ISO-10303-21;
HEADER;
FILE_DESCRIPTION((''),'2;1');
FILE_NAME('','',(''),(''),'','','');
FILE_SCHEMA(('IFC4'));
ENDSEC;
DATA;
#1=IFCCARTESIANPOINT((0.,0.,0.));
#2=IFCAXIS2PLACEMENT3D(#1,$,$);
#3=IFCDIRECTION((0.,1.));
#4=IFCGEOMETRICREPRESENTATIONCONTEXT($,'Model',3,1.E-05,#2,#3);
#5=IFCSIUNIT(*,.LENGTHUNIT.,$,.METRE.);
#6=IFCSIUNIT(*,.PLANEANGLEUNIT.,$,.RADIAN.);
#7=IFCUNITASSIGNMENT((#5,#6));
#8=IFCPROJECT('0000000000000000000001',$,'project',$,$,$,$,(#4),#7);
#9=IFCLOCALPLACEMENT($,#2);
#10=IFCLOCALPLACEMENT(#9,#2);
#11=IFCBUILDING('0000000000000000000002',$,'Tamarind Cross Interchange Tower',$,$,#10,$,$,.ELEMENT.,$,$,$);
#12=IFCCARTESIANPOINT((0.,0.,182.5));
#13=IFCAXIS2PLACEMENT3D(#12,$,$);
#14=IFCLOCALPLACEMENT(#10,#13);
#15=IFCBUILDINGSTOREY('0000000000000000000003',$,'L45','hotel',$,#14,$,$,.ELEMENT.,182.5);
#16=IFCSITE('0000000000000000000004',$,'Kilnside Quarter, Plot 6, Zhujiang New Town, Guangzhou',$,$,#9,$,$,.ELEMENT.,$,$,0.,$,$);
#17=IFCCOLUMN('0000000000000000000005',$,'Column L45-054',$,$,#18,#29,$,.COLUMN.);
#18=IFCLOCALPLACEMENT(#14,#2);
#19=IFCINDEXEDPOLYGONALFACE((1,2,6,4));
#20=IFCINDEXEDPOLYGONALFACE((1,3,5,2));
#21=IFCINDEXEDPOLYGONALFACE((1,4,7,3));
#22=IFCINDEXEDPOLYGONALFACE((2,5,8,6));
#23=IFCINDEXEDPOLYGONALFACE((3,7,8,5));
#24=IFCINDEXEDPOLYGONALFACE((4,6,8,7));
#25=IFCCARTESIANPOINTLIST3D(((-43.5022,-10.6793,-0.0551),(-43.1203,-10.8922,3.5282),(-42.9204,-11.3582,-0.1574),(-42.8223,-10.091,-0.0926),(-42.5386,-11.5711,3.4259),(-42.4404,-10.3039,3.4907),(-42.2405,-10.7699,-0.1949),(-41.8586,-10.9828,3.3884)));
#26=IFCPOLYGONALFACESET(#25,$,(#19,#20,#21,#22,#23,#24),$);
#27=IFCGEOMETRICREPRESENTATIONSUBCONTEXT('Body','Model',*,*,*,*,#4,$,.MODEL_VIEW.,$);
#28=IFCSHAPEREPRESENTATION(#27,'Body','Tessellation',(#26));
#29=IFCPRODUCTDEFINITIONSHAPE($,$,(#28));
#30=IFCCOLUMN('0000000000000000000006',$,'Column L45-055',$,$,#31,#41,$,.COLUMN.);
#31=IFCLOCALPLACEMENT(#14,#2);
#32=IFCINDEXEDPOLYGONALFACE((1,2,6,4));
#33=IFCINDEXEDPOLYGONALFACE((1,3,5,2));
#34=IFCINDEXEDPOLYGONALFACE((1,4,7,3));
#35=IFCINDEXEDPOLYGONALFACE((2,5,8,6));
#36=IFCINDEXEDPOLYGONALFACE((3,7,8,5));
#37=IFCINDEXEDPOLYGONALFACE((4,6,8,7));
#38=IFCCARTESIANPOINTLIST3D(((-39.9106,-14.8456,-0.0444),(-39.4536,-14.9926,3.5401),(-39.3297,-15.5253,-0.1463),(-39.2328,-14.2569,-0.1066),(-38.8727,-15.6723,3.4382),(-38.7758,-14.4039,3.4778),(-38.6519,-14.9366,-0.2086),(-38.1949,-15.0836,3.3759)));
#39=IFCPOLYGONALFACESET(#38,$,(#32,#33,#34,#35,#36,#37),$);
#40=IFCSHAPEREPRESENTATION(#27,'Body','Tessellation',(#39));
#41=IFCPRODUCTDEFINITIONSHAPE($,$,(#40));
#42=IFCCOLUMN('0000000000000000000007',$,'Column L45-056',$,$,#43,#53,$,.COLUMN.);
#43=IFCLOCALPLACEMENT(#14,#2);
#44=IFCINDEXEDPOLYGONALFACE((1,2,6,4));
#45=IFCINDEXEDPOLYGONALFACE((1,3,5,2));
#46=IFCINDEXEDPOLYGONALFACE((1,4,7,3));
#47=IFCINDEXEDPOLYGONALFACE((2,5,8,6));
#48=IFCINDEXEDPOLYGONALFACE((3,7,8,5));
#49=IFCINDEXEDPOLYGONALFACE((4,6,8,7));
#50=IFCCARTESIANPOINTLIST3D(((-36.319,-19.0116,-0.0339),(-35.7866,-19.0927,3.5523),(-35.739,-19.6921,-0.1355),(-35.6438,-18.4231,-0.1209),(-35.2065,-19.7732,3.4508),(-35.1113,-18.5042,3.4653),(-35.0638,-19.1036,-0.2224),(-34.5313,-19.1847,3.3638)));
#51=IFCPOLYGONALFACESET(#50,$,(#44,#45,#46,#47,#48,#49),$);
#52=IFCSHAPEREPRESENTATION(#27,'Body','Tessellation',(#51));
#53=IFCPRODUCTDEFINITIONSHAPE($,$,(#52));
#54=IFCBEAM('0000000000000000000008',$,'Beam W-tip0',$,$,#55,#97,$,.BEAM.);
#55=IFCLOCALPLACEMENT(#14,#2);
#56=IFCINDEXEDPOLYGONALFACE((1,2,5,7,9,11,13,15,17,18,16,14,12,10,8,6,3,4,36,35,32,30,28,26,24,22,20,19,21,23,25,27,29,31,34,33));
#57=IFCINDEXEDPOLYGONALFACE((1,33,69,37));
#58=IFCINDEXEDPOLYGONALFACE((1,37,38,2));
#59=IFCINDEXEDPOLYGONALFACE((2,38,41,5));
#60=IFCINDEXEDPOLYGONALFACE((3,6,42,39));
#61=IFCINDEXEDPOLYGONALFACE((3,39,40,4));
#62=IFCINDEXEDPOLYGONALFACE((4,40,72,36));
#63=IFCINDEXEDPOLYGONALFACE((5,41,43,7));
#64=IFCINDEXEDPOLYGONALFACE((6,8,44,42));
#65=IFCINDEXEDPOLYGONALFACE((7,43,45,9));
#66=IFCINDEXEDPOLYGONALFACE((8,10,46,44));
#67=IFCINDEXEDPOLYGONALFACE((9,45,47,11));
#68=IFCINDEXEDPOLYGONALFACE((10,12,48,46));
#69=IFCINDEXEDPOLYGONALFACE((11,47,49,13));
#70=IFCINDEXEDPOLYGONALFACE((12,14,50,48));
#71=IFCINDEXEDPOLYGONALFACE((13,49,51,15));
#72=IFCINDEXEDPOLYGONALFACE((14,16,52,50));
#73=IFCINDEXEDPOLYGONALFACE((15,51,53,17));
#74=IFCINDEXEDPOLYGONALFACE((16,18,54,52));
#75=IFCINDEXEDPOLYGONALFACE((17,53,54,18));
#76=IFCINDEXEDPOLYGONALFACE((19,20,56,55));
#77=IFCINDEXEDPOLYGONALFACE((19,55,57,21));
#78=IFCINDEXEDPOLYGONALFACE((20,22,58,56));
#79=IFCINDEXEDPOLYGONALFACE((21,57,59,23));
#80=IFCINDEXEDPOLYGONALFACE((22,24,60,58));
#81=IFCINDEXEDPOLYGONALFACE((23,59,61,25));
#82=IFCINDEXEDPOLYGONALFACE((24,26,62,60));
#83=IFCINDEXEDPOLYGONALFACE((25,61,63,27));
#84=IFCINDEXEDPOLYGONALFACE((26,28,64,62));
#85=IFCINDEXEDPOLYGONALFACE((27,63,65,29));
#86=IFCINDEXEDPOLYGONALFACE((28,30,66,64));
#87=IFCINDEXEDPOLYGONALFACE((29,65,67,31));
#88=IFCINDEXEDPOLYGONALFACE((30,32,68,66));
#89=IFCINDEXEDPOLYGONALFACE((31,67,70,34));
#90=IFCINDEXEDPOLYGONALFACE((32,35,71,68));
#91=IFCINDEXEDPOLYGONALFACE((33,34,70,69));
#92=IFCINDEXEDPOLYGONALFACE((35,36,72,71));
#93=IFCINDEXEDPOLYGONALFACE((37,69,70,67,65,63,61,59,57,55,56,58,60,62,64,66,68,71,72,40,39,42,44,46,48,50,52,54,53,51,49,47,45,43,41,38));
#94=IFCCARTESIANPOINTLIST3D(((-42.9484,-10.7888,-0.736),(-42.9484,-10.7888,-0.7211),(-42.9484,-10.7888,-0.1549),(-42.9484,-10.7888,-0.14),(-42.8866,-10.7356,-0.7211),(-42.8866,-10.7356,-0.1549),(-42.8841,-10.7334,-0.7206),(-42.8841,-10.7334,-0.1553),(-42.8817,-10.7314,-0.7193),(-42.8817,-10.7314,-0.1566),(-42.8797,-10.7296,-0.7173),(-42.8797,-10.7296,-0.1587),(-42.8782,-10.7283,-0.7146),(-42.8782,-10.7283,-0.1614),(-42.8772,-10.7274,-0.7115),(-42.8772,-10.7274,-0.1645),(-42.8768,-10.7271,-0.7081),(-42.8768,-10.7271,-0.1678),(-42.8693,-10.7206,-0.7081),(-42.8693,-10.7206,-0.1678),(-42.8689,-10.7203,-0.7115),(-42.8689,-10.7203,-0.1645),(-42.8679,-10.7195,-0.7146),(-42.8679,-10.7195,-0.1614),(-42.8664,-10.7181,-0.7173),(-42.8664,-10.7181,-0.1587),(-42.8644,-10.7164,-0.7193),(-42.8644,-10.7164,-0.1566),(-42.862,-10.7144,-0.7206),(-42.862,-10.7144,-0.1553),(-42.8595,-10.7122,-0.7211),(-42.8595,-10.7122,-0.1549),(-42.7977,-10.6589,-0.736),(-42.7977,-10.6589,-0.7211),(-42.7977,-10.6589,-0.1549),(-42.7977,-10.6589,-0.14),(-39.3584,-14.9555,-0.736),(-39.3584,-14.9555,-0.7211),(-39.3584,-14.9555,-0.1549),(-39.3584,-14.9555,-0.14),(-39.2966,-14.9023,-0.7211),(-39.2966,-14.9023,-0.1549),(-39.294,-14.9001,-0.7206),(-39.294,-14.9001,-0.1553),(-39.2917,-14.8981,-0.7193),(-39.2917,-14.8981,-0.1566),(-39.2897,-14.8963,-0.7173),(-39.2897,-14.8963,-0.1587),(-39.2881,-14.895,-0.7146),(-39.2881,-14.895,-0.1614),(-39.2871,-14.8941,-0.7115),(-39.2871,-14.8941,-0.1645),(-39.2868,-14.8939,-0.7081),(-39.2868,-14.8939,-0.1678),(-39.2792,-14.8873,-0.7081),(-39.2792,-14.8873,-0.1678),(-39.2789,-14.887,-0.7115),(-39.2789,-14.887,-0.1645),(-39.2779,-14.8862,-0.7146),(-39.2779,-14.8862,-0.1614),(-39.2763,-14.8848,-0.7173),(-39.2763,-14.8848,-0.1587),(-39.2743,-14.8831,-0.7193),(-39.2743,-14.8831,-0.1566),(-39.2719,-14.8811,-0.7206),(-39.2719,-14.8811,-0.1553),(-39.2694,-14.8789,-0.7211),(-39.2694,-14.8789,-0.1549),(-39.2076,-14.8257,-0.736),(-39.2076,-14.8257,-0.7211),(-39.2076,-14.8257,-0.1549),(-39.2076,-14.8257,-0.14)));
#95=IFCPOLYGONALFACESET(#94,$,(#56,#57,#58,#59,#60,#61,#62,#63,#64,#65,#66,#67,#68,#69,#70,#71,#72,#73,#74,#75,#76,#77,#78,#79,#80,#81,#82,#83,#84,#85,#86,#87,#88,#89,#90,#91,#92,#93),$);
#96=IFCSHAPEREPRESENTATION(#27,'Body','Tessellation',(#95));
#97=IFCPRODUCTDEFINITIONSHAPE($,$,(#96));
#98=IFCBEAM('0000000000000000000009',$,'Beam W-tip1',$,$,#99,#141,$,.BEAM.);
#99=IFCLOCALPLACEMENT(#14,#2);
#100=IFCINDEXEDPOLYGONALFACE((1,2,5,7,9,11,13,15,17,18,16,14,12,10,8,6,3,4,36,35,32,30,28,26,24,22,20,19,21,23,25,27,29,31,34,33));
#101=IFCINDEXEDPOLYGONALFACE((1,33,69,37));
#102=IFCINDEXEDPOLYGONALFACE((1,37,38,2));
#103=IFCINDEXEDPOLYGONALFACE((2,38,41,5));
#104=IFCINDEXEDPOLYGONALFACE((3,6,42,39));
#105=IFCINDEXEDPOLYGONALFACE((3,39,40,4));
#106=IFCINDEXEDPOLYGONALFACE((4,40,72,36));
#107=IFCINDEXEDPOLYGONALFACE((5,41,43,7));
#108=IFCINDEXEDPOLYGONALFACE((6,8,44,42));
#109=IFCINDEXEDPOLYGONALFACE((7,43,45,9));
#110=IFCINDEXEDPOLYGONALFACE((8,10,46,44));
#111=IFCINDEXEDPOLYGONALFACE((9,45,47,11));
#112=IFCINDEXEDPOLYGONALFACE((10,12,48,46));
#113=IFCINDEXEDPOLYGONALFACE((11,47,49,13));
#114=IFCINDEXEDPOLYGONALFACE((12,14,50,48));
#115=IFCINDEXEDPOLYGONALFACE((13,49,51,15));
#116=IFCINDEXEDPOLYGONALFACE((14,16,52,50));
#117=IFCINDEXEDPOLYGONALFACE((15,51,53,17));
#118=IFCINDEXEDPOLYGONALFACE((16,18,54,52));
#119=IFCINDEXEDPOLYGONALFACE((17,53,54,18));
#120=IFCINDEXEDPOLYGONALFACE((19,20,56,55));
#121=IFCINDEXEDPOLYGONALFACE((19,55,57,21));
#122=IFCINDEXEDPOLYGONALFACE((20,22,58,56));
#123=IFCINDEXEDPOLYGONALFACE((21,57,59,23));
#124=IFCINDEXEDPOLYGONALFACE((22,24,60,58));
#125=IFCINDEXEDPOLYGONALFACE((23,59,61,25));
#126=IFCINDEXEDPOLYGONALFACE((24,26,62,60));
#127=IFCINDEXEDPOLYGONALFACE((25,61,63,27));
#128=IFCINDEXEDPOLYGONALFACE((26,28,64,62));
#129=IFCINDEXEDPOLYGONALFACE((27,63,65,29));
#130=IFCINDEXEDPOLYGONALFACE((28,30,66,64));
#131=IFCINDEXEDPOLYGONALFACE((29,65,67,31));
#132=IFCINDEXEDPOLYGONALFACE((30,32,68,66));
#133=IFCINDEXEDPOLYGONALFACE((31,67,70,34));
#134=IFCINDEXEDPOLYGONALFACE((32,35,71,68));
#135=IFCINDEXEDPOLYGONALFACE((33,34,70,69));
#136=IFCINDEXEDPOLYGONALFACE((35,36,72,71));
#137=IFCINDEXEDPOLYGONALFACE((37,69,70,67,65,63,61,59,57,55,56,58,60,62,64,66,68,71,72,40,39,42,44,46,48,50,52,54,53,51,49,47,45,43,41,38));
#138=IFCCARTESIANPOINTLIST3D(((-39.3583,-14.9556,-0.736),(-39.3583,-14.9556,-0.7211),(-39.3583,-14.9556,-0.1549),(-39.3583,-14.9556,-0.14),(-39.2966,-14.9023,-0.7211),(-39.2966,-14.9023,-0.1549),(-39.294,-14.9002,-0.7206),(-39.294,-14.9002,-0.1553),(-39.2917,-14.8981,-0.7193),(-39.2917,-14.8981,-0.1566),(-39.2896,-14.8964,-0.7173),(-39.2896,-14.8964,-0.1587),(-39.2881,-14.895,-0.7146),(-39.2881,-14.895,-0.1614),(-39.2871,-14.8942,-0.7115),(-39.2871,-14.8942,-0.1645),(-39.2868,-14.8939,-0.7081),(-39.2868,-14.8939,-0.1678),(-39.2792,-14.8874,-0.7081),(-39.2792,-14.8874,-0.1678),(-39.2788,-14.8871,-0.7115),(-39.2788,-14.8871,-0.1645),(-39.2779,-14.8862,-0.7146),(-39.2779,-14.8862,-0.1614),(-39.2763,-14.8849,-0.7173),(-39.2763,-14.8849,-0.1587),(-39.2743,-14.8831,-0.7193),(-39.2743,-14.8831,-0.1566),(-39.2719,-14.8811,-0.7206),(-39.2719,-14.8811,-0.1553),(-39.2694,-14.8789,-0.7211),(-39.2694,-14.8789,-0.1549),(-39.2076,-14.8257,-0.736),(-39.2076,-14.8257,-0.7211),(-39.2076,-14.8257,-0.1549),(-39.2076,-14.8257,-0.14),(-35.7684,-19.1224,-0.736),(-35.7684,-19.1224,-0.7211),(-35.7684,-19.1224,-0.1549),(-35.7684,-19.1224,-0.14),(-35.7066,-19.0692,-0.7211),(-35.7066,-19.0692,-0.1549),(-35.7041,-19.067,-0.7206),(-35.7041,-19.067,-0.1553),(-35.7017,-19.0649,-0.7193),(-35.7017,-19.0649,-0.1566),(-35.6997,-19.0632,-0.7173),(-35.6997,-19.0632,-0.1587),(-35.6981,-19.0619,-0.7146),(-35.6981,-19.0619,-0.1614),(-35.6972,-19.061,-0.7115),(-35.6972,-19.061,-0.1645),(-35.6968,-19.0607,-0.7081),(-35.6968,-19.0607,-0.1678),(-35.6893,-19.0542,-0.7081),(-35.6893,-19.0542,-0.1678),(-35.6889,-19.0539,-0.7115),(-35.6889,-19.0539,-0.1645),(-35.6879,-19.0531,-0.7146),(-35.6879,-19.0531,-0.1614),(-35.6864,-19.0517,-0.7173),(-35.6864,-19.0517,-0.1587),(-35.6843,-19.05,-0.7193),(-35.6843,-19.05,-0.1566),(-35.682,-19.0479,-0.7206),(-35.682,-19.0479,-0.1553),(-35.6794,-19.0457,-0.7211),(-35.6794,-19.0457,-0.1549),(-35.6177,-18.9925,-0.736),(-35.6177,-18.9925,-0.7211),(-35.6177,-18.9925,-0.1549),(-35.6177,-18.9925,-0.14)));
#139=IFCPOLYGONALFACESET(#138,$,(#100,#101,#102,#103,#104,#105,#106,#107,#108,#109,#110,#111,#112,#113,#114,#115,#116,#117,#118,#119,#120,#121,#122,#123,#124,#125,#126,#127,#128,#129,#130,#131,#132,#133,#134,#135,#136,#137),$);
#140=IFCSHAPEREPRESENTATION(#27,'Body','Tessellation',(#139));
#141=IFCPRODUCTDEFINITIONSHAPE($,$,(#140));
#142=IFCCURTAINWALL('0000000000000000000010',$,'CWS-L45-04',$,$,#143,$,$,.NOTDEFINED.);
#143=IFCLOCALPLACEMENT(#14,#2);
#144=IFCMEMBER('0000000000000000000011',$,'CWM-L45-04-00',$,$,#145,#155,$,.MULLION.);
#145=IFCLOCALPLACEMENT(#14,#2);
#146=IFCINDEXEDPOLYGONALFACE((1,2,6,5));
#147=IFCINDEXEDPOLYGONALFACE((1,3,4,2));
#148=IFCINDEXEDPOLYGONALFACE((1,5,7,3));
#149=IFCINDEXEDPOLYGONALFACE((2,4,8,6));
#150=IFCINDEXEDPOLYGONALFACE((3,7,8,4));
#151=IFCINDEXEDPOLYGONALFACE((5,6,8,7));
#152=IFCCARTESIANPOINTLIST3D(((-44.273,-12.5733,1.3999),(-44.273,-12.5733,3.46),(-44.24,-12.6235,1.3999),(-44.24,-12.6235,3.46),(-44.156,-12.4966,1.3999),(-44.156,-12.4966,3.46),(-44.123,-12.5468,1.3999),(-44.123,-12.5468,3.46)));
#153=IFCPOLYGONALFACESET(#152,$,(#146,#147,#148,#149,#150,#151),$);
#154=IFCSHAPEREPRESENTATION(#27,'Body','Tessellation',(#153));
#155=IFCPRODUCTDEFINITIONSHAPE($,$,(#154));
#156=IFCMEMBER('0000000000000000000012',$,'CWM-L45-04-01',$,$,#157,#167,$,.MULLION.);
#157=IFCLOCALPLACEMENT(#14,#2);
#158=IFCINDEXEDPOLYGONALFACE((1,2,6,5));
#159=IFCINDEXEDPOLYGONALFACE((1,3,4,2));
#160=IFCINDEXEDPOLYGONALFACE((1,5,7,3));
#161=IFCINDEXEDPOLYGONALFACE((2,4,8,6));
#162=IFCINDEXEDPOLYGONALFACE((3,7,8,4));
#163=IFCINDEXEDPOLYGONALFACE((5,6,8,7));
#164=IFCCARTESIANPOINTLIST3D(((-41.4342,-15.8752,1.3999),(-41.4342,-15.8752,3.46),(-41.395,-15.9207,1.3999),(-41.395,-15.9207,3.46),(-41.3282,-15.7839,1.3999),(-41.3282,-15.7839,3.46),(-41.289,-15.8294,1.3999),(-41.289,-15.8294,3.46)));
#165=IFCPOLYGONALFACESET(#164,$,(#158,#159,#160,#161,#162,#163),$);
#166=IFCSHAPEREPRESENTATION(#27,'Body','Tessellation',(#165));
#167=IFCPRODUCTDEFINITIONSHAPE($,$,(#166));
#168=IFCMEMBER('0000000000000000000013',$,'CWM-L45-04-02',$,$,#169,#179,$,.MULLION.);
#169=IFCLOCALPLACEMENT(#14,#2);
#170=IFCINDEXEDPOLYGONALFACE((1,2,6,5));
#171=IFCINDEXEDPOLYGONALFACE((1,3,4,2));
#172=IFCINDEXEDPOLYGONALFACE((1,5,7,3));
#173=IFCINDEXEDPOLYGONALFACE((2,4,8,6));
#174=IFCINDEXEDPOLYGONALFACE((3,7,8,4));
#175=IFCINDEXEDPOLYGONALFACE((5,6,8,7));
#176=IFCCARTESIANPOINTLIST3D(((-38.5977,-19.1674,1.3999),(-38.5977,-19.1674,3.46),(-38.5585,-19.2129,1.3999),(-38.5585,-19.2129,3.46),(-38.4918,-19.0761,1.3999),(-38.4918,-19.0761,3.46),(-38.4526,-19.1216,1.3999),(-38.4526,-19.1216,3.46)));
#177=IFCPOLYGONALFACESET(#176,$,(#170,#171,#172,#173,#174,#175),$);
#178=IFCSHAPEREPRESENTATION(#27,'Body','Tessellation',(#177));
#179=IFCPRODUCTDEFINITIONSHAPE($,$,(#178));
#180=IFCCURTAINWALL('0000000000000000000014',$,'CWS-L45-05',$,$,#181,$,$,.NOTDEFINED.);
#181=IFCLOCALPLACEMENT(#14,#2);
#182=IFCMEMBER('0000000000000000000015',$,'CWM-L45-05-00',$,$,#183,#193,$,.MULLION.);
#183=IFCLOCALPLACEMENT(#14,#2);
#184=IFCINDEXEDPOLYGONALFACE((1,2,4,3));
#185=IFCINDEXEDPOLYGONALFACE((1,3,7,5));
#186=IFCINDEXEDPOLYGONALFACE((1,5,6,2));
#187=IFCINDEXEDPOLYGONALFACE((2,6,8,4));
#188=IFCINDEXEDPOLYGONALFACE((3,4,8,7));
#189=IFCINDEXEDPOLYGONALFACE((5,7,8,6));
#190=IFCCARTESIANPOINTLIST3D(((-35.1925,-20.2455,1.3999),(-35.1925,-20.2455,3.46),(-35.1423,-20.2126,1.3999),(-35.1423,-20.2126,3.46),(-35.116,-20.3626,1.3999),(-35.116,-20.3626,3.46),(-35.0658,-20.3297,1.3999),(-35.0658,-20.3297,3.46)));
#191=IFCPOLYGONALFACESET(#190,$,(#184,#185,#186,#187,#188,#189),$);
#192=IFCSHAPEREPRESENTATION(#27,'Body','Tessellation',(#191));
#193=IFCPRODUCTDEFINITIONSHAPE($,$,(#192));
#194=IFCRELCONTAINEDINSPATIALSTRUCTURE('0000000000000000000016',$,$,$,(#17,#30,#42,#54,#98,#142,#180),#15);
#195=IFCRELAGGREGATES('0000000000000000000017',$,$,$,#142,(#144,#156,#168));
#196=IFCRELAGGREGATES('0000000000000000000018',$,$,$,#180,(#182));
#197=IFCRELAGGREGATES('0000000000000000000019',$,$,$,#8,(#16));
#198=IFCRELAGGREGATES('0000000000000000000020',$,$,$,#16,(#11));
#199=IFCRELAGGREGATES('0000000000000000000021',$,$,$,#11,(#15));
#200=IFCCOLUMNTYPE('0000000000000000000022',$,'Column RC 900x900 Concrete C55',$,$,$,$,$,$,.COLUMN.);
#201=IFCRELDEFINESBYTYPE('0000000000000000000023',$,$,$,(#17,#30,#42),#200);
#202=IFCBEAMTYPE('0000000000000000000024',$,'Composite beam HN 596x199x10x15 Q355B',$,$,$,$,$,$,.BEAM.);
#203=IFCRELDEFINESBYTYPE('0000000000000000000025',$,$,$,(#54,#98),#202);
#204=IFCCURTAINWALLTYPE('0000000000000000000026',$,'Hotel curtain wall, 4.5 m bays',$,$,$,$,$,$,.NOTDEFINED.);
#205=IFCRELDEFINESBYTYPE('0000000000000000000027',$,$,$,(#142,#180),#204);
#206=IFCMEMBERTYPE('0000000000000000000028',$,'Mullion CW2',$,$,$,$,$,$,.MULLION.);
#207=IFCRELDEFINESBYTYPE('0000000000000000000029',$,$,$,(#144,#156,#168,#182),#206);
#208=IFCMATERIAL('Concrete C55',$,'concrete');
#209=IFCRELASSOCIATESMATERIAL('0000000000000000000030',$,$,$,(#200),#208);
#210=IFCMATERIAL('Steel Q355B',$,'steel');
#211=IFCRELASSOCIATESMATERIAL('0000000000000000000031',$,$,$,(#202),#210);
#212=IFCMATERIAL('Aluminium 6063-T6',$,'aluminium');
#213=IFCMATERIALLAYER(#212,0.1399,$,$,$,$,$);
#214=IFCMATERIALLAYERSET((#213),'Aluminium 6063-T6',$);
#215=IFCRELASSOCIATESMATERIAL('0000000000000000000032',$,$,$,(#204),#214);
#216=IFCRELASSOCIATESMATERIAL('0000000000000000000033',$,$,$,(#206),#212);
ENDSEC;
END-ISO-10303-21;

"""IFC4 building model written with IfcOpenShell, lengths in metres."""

from ifc_helpers import new_model, si_unit, direction, frame, origin, origin_2d, place, context, subcontext, project, spatial, rectangle, i_section, extrude, material, layer, layer_set, material_profile, profile_set, type_object, element, aggregate, save


model = new_model("IFC4")

# Units and contexts
model_context = context("Model", 3, precision=1e-05, world=origin(), true_north=direction((0.0, 1.0)))
body_context = subcontext(model_context, "Body", "Model", "MODEL_VIEW")
ifc_project = project(units=[si_unit("LENGTHUNIT", "METRE"), si_unit("PLANEANGLEUNIT", "RADIAN")], contexts=[model_context])

# Site, building, storey
site_placement = place(None, origin())
site = spatial("IfcSite", under=ifc_project, at=site_placement, Name="Kilnside Quarter, Plot 6, Zhujiang New Town, Guangzhou", CompositionType="ELEMENT", RefElevation=0.0)
building_placement = place(site_placement, origin())
building = spatial("IfcBuilding", under=site, at=building_placement, Name="Tamarind Cross Interchange Tower", CompositionType="ELEMENT")
storey_placement = place(building_placement, frame((0.0, 0.0, 182.5)))
storey = spatial("IfcBuildingStorey", under=building, at=storey_placement, Name="L45", Description="hotel", CompositionType="ELEMENT", Elevation=182.5)

# Columns
ifc_material_1 = material(Name="Concrete C55", Category="concrete")
ifc_material_profile_1 = material_profile(ifc_material_1, rectangle(XDim=0.8999, YDim=0.8999, at=origin_2d()), Name="RC 900x900")
ifc_profile_set_1 = profile_set([ifc_material_profile_1], Name="Concrete C55")
column_type = type_object("IfcColumnType", Name="Column RC 900x900 Concrete C55", PredefinedType="COLUMN", material=ifc_profile_set_1)
column_1_placement = place(storey_placement, frame((-42.8713, -10.7246, -0.125), z_axis=(0.105777, -0.058975, 0.992639), x_axis=(-0.646503, 0.754389, 0.113713)))
element("IfcColumn", 1, at=column_1_placement, inside=storey, type_object=column_type, Name="Column L45-054", PredefinedType="COLUMN", context=body_context, shape_type="SweptSolid", body=[
    extrude(rectangle(XDim=0.8999, YDim=0.8999, at=origin_2d()), origin(), (0.0, 0.0, 1.0), 3.6099),
])
column_2_placement = place(storey_placement, frame((-39.2812, -14.8911, -0.1265), z_axis=(0.126375, -0.04064, 0.99115), x_axis=(-0.645551, 0.75527, 0.113278)))
element("IfcColumn", 2, at=column_2_placement, inside=storey, type_object=column_type, Name="Column L45-055", PredefinedType="COLUMN", context=body_context, shape_type="SweptSolid", body=[
    extrude(rectangle(XDim=0.8999, YDim=0.8999, at=origin_2d()), origin(), (0.0, 0.0, 1.0), 3.6165),
])
column_3_placement = place(storey_placement, frame((-35.6914, -19.0576, -0.1282), z_axis=(0.146832, -0.022351, 0.988909), x_axis=(-0.644567, 0.756181, 0.112796)))
element("IfcColumn", 3, at=column_3_placement, inside=storey, type_object=column_type, Name="Column L45-056", PredefinedType="COLUMN", context=body_context, shape_type="SweptSolid", body=[
    extrude(rectangle(XDim=0.8999, YDim=0.8999, at=origin_2d()), origin(), (0.0, 0.0, 1.0), 3.6265),
])

# Beams
ifc_material_2 = material(Name="Steel Q355B", Category="steel")
ifc_material_profile_2 = material_profile(ifc_material_2, i_section(OverallWidth=0.199, OverallDepth=0.5959, WebThickness=0.01, FlangeThickness=0.0149, FilletRadius=0.0129, at=origin_2d()), Name="HN 596x199x10x15")
ifc_profile_set_2 = profile_set([ifc_material_profile_2], Name="Steel Q355B")
beam_type = type_object("IfcBeamType", Name="Composite beam HN 596x199x10x15 Q355B", PredefinedType="BEAM", material=ifc_profile_set_2)
for number, where, z_axis, x_axis, name in (
    (4, (-42.873, -10.7239, -0.438), (0.652738, -0.757584, 0.0), (0.757584, 0.652738, 0.0), "Beam W-tip0"),
    (5, (-39.283, -14.8906, -0.438), (0.652712, -0.757606, 0.0), (0.757606, 0.652712, 0.0), "Beam W-tip1"),
):
    element("IfcBeam", number, at=place(storey_placement, frame(where, z_axis=z_axis, x_axis=x_axis)), inside=storey, type_object=beam_type, Name=name, PredefinedType="BEAM", context=body_context, shape_type="SweptSolid", body=[
        extrude(i_section(OverallWidth=0.199, OverallDepth=0.5959, WebThickness=0.01, FlangeThickness=0.0149, FilletRadius=0.0129, at=origin_2d()), origin(), (0.0, 0.0, 1.0), 5.5),
    ])

# Curtain walls, members
ifc_material_3 = material(Name="Aluminium 6063-T6", Category="aluminium")
ifc_layer_1 = layer(ifc_material_3, 0.1399)
ifc_layer_set_1 = layer_set([ifc_layer_1], Name="Aluminium 6063-T6")
curtain_wall_type = type_object("IfcCurtainWallType", Name="Hotel curtain wall, 4.5 m bays", PredefinedType="NOTDEFINED", material=ifc_layer_set_1)
curtain_wall_1_placement = place(storey_placement, origin())
curtain_wall_1 = element("IfcCurtainWall", 6, at=curtain_wall_1_placement, inside=storey, type_object=curtain_wall_type, Name="CWS-L45-04", PredefinedType="NOTDEFINED")
ifc_material_profile_3 = material_profile(ifc_material_3, rectangle(XDim=0.0601, YDim=0.1399, at=origin_2d()), Name="Mullion CW2")
ifc_profile_set_3 = profile_set([ifc_material_profile_3], Name="Aluminium 6063-T6")
member_type = type_object("IfcMemberType", Name="Mullion CW2", PredefinedType="MULLION", material=ifc_profile_set_3)
member_1_placement = place(storey_placement, frame((-44.198, -12.5601, 1.3999), z_axis=(0.0, 0.0, 1.0), x_axis=(0.548252, -0.836313, 0.0)))
member_1 = element("IfcMember", 7, at=member_1_placement, type_object=member_type, Name="CWM-L45-04-00", PredefinedType="MULLION", context=body_context, shape_type="SweptSolid", body=[
    extrude(rectangle(XDim=0.0601, YDim=0.1399, at=origin_2d()), origin(), (0.0, 0.0, 1.0), 2.0601),
])
member_2_placement = place(storey_placement, frame((-41.3616, -15.8523, 1.3999), z_axis=(0.0, 0.0, 1.0), x_axis=(0.652723, -0.757597, 0.0)))
member_2 = element("IfcMember", 8, at=member_2_placement, type_object=member_type, Name="CWM-L45-04-01", PredefinedType="MULLION", context=body_context, shape_type="SweptSolid", body=[
    extrude(rectangle(XDim=0.0601, YDim=0.1399, at=origin_2d()), origin(), (0.0, 0.0, 1.0), 2.0601),
])
member_3_placement = place(storey_placement, frame((-38.5251, -19.1445, 1.3999), z_axis=(0.0, 0.0, 1.0), x_axis=(0.652723, -0.757597, 0.0)))
member_3 = element("IfcMember", 9, at=member_3_placement, type_object=member_type, Name="CWM-L45-04-02", PredefinedType="MULLION", context=body_context, shape_type="SweptSolid", body=[
    extrude(rectangle(XDim=0.0601, YDim=0.1399, at=origin_2d()), origin(), (0.0, 0.0, 1.0), 2.0601),
])
aggregate(curtain_wall_1, [member_1, member_2, member_3])
curtain_wall_2_placement = place(storey_placement, origin())
curtain_wall_2 = element("IfcCurtainWall", 10, at=curtain_wall_2_placement, inside=storey, type_object=curtain_wall_type, Name="CWS-L45-05", PredefinedType="NOTDEFINED")
member_4_placement = place(storey_placement, frame((-35.1292, -20.2876, 1.3999), z_axis=(0.0, 0.0, 1.0), x_axis=(0.837166, 0.546948, 0.0)))
member_4 = element("IfcMember", 11, at=member_4_placement, type_object=member_type, Name="CWM-L45-05-00", PredefinedType="MULLION", context=body_context, shape_type="SweptSolid", body=[
    extrude(rectangle(XDim=0.0601, YDim=0.1399, at=origin_2d()), origin(), (0.0, 0.0, 1.0), 2.0601),
])
aggregate(curtain_wall_2, [member_4])

save(model, "model.ifc")
